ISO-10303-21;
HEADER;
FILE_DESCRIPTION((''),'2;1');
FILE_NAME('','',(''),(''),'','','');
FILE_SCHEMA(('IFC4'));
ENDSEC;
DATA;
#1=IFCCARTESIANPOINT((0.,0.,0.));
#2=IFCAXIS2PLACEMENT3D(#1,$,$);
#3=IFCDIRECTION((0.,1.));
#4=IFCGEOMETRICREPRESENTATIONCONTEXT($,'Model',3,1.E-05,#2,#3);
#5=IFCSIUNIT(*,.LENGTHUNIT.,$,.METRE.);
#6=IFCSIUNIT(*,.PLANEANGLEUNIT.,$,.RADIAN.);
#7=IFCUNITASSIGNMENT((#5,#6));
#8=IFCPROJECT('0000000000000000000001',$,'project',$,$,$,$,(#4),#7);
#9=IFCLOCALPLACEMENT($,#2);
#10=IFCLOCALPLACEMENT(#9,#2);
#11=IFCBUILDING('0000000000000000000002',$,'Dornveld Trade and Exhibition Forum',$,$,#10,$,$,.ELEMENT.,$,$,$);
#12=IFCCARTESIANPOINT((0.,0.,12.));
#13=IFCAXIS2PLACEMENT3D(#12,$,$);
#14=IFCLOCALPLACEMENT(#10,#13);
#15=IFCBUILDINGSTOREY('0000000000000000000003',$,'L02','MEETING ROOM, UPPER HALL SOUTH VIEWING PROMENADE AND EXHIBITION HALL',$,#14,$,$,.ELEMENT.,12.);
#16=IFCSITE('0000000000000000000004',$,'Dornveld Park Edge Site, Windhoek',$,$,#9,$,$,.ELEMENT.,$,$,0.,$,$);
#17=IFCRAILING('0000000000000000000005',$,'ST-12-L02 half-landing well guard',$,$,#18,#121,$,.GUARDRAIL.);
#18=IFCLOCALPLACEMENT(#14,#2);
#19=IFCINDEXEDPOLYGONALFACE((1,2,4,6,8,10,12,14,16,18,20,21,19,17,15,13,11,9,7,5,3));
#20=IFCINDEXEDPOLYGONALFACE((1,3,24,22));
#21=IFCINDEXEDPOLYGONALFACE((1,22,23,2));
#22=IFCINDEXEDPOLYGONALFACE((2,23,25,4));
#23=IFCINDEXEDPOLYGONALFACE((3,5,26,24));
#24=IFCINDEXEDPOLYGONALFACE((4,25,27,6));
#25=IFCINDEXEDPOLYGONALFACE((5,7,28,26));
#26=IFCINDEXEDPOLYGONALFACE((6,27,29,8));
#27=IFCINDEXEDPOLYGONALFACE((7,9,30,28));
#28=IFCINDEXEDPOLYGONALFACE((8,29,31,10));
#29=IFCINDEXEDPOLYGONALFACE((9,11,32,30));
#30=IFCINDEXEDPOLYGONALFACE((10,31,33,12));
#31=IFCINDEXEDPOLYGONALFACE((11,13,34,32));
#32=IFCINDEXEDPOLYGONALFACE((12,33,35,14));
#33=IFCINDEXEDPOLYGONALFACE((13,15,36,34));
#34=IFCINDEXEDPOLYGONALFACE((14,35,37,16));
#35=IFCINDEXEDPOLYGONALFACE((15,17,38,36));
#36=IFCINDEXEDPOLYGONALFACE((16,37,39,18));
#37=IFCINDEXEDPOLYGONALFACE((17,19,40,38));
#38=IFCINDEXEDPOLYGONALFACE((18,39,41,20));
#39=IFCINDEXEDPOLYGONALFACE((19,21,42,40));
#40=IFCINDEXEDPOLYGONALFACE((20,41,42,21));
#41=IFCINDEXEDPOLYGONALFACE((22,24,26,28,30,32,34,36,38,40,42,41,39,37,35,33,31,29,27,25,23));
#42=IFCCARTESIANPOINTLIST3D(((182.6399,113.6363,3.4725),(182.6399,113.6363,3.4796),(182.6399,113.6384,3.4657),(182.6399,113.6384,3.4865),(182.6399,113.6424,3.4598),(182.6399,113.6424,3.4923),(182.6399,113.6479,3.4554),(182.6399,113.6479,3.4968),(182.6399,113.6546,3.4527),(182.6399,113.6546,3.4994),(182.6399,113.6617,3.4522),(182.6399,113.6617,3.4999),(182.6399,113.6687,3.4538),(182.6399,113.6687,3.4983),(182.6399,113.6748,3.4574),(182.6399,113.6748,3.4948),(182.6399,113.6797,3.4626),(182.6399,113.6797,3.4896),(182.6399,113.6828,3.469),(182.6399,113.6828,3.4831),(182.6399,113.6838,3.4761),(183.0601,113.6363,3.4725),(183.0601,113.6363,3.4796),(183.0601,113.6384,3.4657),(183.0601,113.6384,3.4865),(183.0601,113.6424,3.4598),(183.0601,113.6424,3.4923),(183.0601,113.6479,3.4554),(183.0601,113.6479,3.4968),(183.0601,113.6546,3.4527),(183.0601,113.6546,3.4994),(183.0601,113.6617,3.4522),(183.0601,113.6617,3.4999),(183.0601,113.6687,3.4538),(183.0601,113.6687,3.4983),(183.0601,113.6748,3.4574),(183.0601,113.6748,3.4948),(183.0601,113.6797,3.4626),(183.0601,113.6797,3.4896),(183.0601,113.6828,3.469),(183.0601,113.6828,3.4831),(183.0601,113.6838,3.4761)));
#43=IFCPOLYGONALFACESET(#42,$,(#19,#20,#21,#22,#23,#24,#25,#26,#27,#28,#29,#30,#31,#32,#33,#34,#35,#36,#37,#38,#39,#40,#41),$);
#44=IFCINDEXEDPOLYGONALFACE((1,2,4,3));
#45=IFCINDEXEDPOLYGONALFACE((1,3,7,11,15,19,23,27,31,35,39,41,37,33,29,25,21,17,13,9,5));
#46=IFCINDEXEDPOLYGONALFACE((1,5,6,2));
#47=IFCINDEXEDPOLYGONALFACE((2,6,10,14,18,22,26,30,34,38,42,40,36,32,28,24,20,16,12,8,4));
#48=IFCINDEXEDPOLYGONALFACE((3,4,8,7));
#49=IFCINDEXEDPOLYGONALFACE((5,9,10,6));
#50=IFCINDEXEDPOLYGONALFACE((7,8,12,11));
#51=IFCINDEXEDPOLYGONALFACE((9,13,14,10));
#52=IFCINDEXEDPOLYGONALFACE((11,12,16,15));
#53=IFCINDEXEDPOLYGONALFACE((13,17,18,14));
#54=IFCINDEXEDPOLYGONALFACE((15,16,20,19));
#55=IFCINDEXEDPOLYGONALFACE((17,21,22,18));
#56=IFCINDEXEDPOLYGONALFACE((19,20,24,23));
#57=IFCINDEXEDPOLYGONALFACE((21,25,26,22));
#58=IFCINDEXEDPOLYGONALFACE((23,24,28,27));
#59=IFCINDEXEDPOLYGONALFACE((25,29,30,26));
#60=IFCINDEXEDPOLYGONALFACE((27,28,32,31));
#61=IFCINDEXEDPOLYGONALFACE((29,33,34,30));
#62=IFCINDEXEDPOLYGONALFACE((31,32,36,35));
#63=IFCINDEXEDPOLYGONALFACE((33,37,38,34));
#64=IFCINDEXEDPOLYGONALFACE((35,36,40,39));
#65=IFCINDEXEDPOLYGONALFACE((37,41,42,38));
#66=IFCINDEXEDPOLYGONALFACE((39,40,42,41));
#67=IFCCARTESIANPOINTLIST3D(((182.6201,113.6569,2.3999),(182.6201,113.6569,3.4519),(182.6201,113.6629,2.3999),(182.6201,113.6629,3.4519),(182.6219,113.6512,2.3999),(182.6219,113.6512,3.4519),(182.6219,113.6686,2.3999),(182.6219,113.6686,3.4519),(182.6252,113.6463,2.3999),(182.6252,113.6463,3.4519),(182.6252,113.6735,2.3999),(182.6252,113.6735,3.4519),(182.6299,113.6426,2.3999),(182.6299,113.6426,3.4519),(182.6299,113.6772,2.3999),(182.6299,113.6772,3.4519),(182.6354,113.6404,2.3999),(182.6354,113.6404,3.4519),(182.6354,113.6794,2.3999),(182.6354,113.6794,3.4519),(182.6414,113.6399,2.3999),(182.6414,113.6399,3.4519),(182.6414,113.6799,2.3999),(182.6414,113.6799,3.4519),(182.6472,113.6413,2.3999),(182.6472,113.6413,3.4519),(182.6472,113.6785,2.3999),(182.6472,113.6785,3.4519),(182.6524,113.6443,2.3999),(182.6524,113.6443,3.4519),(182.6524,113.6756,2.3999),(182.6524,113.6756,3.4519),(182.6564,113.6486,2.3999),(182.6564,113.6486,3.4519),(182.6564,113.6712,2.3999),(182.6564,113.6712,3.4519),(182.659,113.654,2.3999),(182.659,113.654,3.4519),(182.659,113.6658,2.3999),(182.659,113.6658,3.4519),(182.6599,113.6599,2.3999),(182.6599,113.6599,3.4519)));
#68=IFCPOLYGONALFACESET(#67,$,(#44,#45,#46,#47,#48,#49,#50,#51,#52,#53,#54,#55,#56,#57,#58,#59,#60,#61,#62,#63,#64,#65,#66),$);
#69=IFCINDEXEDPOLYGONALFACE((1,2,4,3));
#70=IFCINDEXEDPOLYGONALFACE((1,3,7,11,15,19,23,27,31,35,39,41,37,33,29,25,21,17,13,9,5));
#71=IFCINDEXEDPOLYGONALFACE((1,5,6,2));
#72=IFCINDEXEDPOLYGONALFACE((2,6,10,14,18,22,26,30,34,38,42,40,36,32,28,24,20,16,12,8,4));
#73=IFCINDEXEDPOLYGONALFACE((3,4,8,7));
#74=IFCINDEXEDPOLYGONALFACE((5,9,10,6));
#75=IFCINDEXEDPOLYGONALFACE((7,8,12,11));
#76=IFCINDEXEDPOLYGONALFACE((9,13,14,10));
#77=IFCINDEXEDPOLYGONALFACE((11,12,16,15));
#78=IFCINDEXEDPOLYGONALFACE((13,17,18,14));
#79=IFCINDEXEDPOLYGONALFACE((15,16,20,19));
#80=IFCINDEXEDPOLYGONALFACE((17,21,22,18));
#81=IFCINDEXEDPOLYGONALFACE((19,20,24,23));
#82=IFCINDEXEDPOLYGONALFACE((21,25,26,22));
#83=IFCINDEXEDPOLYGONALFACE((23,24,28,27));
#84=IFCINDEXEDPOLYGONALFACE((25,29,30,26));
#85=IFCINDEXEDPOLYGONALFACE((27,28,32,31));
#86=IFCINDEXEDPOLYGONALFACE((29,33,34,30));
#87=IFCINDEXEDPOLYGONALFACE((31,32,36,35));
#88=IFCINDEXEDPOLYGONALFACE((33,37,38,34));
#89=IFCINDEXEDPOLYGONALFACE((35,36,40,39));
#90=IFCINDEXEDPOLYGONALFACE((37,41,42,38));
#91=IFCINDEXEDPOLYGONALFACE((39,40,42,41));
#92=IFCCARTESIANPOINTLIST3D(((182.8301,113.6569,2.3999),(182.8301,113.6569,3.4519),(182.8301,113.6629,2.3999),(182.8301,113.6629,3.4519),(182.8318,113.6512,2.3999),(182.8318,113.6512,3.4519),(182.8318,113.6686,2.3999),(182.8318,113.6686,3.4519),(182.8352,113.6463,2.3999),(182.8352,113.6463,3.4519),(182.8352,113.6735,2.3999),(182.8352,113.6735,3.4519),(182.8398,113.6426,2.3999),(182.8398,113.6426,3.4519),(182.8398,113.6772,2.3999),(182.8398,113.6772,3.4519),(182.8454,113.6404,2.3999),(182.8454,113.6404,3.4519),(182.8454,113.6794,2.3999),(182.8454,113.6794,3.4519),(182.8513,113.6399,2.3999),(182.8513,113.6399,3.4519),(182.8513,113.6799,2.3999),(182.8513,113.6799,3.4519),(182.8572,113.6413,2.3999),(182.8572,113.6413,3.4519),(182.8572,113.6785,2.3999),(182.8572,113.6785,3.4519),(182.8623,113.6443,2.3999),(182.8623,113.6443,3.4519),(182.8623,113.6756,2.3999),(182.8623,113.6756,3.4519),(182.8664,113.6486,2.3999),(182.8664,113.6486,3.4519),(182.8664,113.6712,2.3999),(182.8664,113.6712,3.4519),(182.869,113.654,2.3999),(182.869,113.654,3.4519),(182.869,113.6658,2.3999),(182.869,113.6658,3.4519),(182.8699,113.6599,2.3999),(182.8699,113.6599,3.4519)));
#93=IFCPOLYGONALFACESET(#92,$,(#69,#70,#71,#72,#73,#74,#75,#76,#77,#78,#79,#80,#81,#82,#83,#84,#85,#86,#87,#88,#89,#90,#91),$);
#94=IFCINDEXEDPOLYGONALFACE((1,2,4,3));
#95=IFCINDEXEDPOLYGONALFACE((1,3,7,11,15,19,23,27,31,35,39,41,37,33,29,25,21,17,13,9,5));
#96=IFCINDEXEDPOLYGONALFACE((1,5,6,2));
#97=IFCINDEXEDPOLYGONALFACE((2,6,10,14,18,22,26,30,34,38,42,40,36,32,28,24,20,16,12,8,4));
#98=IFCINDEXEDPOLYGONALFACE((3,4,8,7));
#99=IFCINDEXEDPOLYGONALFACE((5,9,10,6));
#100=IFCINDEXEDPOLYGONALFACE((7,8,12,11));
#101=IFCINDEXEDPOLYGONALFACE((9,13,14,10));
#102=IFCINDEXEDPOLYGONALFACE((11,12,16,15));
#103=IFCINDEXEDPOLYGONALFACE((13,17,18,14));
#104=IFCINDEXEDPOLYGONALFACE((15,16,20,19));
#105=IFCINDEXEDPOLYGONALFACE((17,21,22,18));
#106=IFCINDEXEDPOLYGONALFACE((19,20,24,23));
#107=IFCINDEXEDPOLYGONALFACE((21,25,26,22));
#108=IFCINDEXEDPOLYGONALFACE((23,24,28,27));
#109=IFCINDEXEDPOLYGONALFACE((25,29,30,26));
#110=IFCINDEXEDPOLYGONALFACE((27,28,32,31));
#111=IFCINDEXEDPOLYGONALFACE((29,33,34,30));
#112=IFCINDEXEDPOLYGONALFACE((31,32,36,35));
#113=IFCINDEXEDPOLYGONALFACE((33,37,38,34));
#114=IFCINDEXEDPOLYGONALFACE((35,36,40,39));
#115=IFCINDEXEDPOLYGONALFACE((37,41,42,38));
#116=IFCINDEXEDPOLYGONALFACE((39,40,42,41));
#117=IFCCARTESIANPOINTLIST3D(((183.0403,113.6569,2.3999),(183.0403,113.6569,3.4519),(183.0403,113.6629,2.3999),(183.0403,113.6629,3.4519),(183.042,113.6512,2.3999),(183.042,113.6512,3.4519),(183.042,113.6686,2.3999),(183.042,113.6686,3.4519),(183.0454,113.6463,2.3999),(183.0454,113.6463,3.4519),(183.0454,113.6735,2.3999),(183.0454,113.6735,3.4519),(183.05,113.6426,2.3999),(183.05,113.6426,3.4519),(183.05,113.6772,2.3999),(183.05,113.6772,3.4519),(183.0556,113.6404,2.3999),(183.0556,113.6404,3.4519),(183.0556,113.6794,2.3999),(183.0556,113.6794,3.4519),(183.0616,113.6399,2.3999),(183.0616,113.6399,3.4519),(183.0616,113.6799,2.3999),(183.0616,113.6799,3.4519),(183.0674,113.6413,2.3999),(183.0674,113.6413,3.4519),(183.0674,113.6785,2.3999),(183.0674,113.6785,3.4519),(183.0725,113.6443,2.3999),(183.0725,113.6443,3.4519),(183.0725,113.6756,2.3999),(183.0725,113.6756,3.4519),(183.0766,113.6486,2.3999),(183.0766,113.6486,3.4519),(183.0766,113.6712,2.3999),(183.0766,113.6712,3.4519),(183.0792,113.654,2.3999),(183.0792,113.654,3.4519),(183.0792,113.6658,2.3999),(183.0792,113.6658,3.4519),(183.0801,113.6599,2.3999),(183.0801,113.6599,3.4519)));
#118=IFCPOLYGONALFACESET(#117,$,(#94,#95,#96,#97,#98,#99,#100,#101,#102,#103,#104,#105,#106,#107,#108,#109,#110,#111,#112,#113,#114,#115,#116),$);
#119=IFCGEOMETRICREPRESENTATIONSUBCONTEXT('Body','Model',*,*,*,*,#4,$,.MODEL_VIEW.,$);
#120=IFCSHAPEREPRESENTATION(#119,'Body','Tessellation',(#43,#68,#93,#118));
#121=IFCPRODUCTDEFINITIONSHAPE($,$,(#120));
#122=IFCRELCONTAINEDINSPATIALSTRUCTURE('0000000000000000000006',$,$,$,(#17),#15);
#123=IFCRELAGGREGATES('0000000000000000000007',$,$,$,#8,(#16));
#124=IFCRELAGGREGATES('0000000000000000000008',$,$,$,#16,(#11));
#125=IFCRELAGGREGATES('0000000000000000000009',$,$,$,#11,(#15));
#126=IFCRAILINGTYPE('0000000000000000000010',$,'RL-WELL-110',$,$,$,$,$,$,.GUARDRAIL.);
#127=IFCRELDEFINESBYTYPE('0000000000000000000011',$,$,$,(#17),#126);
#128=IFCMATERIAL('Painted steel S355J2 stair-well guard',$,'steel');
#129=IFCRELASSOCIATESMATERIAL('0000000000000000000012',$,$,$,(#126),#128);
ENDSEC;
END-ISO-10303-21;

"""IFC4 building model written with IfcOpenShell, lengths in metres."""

from ifc_helpers import new_model, si_unit, direction, frame, origin, origin_2d, place, context, subcontext, project, spatial, circle, extrude, material, type_object, element, save


model = new_model("IFC4")

# Units and contexts
model_context = context("Model", 3, precision=1e-05, world=origin(), true_north=direction((0.0, 1.0)))
body_context = subcontext(model_context, "Body", "Model", "MODEL_VIEW")
ifc_project = project(units=[si_unit("LENGTHUNIT", "METRE"), si_unit("PLANEANGLEUNIT", "RADIAN")], contexts=[model_context])

# Site, building, storey
site_placement = place(None, origin())
site = spatial("IfcSite", under=ifc_project, at=site_placement, Name="Dornveld Park Edge Site, Windhoek", CompositionType="ELEMENT", RefElevation=0.0)
building_placement = place(site_placement, origin())
building = spatial("IfcBuilding", under=site, at=building_placement, Name="Dornveld Trade and Exhibition Forum", CompositionType="ELEMENT")
storey_placement = place(building_placement, frame((0.0, 0.0, 12.0)))
storey = spatial("IfcBuildingStorey", under=building, at=storey_placement, Name="L02", Description="MEETING ROOM, UPPER HALL SOUTH VIEWING PROMENADE AND EXHIBITION HALL", CompositionType="ELEMENT", Elevation=12.0)

# Railing
ifc_material_1 = material(Name="Painted steel S355J2 stair-well guard", Category="steel")
railing_type_1 = type_object("IfcRailingType", Name="RL-WELL-110", PredefinedType="GUARDRAIL", material=ifc_material_1)
railing_1_placement = place(storey_placement, frame((182.6399, 113.6599, 2.3999)))
element("IfcRailing", 1, at=railing_1_placement, inside=storey, type_object=railing_type_1, Name="ST-12-L02 half-landing well guard", PredefinedType="GUARDRAIL", context=body_context, shape_type="SweptSolid", body=[
    extrude(circle(Radius=0.0239, at=origin_2d()), frame((0.0, 0.0, 1.0762), z_axis=(1.0, 0.0, 0.0), x_axis=(0.0, 1.0, 0.0)), (0.0, 0.0, 1.0), 0.4202),
    extrude(circle(Radius=0.02, at=origin_2d()), origin(), (0.0, 0.0, 1.0), 1.052),
    extrude(circle(Radius=0.02, at=origin_2d()), frame((0.21, 0.0, 0.0)), (0.0, 0.0, 1.0), 1.052),
    extrude(circle(Radius=0.02, at=origin_2d()), frame((0.4202, 0.0, 0.0)), (0.0, 0.0, 1.0), 1.052),
])

save(model, "model.ifc")
